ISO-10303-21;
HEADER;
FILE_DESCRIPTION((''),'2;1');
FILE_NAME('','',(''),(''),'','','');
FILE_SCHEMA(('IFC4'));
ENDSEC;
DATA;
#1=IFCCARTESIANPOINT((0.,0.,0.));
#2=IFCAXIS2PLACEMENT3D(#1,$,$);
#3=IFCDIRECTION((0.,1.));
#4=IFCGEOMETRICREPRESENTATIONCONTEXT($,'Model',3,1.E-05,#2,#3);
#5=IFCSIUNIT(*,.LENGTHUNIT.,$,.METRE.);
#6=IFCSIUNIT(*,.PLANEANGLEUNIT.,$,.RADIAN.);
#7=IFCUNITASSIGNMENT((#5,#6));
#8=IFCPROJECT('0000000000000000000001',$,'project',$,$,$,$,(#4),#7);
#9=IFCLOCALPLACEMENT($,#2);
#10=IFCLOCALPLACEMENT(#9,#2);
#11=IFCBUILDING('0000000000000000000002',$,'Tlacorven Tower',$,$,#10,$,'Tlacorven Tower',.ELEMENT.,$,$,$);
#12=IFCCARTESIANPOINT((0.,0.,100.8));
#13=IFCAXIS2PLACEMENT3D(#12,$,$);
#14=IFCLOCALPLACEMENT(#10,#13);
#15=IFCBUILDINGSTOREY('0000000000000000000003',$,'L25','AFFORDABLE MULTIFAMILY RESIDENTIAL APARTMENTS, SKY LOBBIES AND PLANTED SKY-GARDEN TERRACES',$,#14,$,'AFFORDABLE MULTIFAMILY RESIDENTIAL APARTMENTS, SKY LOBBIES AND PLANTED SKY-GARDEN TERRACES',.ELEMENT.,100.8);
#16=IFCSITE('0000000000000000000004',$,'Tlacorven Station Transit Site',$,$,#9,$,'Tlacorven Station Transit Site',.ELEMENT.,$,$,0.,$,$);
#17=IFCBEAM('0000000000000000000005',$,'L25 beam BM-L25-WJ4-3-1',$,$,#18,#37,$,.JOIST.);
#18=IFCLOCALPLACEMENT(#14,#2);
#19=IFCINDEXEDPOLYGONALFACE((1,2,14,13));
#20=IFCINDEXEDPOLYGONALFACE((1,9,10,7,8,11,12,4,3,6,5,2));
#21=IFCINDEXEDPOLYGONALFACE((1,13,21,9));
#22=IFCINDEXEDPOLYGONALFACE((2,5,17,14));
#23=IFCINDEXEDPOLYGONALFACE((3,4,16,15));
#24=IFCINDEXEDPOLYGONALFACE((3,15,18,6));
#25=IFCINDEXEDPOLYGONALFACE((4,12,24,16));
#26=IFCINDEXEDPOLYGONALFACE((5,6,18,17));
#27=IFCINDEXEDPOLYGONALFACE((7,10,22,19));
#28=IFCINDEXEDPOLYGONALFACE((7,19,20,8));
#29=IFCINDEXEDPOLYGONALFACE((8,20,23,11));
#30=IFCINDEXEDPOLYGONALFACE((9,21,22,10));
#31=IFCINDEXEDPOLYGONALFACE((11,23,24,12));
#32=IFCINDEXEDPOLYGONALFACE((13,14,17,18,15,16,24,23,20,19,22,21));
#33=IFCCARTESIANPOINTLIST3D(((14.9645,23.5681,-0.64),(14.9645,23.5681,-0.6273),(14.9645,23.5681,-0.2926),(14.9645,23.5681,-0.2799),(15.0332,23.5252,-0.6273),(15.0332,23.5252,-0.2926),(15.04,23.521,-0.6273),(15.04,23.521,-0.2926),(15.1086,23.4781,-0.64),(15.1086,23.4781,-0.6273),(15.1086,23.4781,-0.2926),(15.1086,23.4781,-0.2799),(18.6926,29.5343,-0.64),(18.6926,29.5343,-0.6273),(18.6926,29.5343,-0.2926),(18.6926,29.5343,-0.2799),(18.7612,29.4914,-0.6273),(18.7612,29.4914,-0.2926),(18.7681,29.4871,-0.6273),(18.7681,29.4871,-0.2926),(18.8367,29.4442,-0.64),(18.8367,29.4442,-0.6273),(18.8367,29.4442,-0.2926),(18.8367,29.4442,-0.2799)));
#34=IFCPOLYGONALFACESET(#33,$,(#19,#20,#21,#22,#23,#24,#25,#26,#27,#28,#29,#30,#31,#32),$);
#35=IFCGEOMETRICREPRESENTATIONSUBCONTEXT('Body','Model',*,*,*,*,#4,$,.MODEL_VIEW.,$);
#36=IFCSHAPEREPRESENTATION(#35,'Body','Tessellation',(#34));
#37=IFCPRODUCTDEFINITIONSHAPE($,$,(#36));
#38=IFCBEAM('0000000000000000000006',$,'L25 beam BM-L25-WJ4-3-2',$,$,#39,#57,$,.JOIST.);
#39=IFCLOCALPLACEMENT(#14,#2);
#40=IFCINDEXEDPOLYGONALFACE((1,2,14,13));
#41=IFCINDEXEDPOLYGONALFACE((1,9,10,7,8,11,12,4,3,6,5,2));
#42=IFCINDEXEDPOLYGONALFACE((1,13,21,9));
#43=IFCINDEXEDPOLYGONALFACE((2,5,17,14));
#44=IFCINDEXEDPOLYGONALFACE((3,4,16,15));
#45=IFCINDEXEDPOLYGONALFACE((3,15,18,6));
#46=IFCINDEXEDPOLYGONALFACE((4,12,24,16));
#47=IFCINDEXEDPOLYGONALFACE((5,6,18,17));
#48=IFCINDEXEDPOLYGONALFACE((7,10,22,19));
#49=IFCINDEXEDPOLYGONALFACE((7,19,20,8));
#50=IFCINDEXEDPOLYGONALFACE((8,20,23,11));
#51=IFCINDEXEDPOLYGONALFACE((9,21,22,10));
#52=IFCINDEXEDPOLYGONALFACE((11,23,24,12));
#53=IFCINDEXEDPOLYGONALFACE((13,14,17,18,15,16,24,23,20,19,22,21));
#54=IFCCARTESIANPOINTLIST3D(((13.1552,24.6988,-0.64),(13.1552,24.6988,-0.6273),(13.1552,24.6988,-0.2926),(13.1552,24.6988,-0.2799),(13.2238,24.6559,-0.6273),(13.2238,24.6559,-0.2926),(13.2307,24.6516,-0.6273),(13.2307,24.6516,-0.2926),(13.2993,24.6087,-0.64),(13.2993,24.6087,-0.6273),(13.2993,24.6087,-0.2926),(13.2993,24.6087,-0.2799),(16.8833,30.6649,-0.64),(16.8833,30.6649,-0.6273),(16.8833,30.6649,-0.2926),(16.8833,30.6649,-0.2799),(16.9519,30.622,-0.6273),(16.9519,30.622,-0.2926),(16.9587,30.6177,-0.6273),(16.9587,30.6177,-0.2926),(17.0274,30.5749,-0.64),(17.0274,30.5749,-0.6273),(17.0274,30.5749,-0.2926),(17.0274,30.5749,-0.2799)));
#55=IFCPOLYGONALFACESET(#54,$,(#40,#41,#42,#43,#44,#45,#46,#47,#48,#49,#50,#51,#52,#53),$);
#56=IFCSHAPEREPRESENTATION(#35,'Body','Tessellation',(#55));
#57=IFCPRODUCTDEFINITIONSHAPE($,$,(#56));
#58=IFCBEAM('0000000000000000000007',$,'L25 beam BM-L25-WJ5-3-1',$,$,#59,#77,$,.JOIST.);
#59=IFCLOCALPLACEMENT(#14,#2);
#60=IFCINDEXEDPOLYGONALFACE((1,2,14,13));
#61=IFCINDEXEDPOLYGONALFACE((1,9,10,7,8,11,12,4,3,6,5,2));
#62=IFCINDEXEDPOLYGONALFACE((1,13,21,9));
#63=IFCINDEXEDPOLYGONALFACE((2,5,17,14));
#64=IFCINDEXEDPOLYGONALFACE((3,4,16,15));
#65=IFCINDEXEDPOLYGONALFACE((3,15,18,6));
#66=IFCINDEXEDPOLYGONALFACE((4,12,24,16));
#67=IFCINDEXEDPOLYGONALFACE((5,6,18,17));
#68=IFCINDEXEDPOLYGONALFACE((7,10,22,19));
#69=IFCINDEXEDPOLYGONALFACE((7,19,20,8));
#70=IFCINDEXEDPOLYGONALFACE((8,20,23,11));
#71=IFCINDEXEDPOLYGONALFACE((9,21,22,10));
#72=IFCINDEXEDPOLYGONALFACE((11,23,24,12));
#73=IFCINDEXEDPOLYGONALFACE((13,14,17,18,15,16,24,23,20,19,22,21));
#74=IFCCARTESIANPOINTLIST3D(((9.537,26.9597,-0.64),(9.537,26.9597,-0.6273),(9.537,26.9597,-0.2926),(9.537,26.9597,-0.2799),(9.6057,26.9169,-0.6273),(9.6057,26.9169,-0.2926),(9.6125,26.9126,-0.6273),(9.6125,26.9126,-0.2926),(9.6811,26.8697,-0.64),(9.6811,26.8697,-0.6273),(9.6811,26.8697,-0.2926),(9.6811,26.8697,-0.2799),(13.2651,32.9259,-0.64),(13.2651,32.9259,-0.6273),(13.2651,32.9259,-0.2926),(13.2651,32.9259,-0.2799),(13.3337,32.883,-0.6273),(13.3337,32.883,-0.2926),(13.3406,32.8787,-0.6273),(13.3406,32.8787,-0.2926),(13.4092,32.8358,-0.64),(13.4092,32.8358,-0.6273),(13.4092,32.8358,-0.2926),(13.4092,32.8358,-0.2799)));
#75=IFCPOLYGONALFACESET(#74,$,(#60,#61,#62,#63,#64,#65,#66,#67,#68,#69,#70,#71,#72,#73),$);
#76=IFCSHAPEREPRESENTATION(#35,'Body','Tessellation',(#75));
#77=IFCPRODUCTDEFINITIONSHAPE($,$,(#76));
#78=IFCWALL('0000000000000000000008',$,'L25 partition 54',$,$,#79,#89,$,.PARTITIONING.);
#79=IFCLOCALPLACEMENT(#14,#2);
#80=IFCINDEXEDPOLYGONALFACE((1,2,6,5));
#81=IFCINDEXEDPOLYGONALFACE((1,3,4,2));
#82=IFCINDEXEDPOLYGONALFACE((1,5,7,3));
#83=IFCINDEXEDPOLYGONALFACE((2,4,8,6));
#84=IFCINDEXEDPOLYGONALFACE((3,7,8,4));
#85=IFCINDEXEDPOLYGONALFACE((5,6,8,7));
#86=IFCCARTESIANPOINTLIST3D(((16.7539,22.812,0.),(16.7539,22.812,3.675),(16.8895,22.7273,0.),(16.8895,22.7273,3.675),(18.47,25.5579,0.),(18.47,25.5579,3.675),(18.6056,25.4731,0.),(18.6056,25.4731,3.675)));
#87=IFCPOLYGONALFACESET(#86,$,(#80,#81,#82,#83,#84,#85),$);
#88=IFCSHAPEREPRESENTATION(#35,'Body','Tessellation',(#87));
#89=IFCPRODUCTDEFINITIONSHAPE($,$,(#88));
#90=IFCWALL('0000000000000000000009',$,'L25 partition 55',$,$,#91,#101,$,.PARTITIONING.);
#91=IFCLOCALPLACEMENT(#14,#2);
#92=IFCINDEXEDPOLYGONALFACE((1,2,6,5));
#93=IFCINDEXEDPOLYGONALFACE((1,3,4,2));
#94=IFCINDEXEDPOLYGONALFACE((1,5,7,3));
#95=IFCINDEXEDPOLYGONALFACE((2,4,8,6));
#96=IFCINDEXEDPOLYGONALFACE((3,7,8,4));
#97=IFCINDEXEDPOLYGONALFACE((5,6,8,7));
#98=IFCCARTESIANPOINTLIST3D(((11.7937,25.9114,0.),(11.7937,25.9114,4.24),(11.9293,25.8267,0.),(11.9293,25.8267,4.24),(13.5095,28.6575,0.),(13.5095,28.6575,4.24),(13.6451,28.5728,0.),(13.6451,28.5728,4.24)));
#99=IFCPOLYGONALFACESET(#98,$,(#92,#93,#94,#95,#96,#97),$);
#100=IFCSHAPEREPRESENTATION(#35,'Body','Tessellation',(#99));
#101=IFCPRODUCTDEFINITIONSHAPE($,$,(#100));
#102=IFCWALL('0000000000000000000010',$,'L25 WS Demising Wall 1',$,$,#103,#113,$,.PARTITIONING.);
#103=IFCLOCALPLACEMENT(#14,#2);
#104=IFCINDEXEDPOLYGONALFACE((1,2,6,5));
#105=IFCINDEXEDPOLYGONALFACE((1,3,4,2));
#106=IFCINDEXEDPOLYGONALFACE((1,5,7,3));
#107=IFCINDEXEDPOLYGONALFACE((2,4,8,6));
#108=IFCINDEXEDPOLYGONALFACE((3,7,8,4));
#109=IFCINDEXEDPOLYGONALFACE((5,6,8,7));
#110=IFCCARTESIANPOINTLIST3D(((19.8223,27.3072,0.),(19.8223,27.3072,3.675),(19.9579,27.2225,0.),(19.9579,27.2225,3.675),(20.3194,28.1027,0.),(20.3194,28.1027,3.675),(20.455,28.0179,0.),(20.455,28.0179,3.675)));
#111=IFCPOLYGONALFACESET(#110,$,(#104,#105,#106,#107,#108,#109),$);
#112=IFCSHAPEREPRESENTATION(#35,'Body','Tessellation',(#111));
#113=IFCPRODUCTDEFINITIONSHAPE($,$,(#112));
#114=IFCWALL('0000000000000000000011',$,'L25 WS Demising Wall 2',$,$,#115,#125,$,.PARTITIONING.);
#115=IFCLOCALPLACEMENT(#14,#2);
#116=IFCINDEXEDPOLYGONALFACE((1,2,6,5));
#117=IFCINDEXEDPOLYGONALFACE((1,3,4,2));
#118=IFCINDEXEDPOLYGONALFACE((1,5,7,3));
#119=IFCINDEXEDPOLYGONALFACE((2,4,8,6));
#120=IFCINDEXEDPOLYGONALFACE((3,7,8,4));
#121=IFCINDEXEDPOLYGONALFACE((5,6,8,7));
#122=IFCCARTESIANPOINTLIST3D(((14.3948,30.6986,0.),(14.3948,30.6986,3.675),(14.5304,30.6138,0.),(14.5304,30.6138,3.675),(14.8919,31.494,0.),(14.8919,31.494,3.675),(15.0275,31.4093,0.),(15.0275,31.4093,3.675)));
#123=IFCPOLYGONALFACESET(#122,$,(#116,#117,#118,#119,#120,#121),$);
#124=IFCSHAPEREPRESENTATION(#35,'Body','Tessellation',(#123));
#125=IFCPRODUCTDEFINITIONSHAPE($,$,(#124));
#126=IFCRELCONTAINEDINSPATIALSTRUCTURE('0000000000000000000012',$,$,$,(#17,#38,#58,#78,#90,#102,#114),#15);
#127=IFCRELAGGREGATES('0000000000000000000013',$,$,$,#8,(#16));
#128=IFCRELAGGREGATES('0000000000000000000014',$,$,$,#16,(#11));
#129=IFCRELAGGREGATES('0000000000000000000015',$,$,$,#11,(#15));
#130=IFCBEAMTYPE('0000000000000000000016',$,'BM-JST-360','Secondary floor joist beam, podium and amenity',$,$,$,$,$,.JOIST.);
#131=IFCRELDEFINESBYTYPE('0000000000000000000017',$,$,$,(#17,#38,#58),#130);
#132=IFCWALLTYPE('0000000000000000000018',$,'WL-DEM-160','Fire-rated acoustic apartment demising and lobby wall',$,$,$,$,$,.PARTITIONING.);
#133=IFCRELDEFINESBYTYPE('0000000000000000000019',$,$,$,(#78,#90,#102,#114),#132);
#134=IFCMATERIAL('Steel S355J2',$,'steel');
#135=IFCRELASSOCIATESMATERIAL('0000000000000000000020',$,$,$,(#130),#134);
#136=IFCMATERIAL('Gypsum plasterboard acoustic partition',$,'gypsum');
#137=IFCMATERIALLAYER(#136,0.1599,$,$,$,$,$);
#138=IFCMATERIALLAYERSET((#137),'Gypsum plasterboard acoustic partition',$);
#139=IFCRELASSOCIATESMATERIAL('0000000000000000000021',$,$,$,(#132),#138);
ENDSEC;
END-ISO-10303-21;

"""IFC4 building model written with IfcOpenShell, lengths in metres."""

from ifc_helpers import new_model, si_unit, direction, frame, frame_2d, origin, origin_2d, place, context, subcontext, project, spatial, rectangle, i_section, extrude, source, transform, mapped, material, layer, layer_set, material_profile, profile_set, type_object, element, save


model = new_model("IFC4")

# Units and contexts
model_context = context("Model", 3, precision=1e-05, world=origin(), true_north=direction((0.0, 1.0)))
body_context = subcontext(model_context, "Body", "Model", "MODEL_VIEW")
ifc_project = project(units=[si_unit("LENGTHUNIT", "METRE"), si_unit("PLANEANGLEUNIT", "RADIAN")], contexts=[model_context])

# Site, building, storey
site_placement = place(None, origin())
site = spatial("IfcSite", under=ifc_project, at=site_placement, Name="Tlacorven Station Transit Site", LongName="Tlacorven Station Transit Site", CompositionType="ELEMENT", RefElevation=0.0)
building_placement = place(site_placement, origin())
building = spatial("IfcBuilding", under=site, at=building_placement, Name="Tlacorven Tower", LongName="Tlacorven Tower", CompositionType="ELEMENT")
storey_placement = place(building_placement, frame((0.0, 0.0, 100.8)))
storey = spatial("IfcBuildingStorey", under=building, at=storey_placement, Name="L25", Description="AFFORDABLE MULTIFAMILY RESIDENTIAL APARTMENTS, SKY LOBBIES AND PLANTED SKY-GARDEN TERRACES", LongName="AFFORDABLE MULTIFAMILY RESIDENTIAL APARTMENTS, SKY LOBBIES AND PLANTED SKY-GARDEN TERRACES", CompositionType="ELEMENT", Elevation=100.8)

# Beams
ifc_material_1 = material(Name="Steel S355J2", Category="steel")
ifc_material_profile_1 = material_profile(ifc_material_1, i_section(OverallWidth=0.1699, OverallDepth=0.3601, WebThickness=0.0081, FlangeThickness=0.0127, at=origin_2d()), Name="IPE 360")
ifc_profile_set_1 = profile_set([ifc_material_profile_1], Name="Steel S355J2")
beam_type_1 = type_object("IfcBeamType", Name="BM-JST-360", Description="Secondary floor joist beam, podium and amenity", PredefinedType="JOIST", material=ifc_profile_set_1)
shared_shape_1 = source(origin(), body_context, "Body", "SweptSolid", [
    extrude(i_section(OverallWidth=0.1699, OverallDepth=0.3601, WebThickness=0.0081, FlangeThickness=0.0127, at=origin_2d()), origin(), (0.0, 0.0, 1.0), 7.0352),
])
for number, where, z_axis, x_axis, name in (
    (1, (18.7646, 29.4893, -0.46), (-0.529921, -0.848047, 0.0), (0.848047, -0.529921, 0.0), "L25 beam BM-L25-WJ4-3-1"),
    (2, (16.9553, 30.6199, -0.46), (-0.529921, -0.848047, 0.0), (0.848047, -0.529921, 0.0), "L25 beam BM-L25-WJ4-3-2"),
    (3, (13.3372, 32.8809, -0.46), (-0.529921, -0.848047, 0.0), (0.848047, -0.529921, 0.0), "L25 beam BM-L25-WJ5-3-1"),
):
    element("IfcBeam", number, at=place(storey_placement, frame(where, z_axis=z_axis, x_axis=x_axis)), inside=storey, type_object=beam_type_1, Name=name, PredefinedType="JOIST", context=body_context, shape_type="MappedRepresentation", body=[
        mapped(shared_shape_1, transform((0.0, 0.0, 0.0), scale=1.0)),
    ])

# Walls
ifc_material_2 = material(Name="Gypsum plasterboard acoustic partition", Category="gypsum")
ifc_layer_1 = layer(ifc_material_2, 0.1599)
ifc_layer_set_1 = layer_set([ifc_layer_1], Name="Gypsum plasterboard acoustic partition")
wall_type_1 = type_object("IfcWallType", Name="WL-DEM-160", Description="Fire-rated acoustic apartment demising and lobby wall", PredefinedType="PARTITIONING", material=ifc_layer_set_1)
wall_1_placement = place(storey_placement, frame((18.5378, 25.5156, 0.0), z_axis=(0.0, 0.0, 1.0), x_axis=(-0.529979, -0.848011, 0.0)))
element("IfcWall", 4, at=wall_1_placement, inside=storey, type_object=wall_type_1, Name="L25 partition 54", PredefinedType="PARTITIONING", context=body_context, shape_type="SweptSolid", body=[
    extrude(rectangle(XDim=3.238, YDim=0.1599, at=frame_2d((1.6191, 0.0))), origin(), (0.0, 0.0, 1.0), 3.675),
])
wall_2_placement = place(storey_placement, frame((13.5774, 28.6152, 0.0), z_axis=(0.0, 0.0, 1.0), x_axis=(-0.52989, -0.848066, 0.0)))
element("IfcWall", 5, at=wall_2_placement, inside=storey, type_object=wall_type_1, Name="L25 partition 55", PredefinedType="PARTITIONING", context=body_context, shape_type="SweptSolid", body=[
    extrude(rectangle(XDim=3.238, YDim=0.1599, at=frame_2d((1.6191, 0.0))), origin(), (0.0, 0.0, 1.0), 4.24),
])
for number, where, z_axis, x_axis, name in (
    (6, (20.3872, 28.0603, 0.0), (0.0, 0.0, 1.0), (-0.529952, -0.848028, 0.0), "L25 WS Demising Wall 1"),
    (7, (14.9597, 31.4517, 0.0), (0.0, 0.0, 1.0), (-0.529952, -0.848028, 0.0), "L25 WS Demising Wall 2"),
):
    element("IfcWall", number, at=place(storey_placement, frame(where, z_axis=z_axis, x_axis=x_axis)), inside=storey, type_object=wall_type_1, Name=name, PredefinedType="PARTITIONING", context=body_context, shape_type="SweptSolid", body=[
        extrude(rectangle(XDim=0.938, YDim=0.1599, at=frame_2d((0.469, 0.0))), origin(), (0.0, 0.0, 1.0), 3.675),
    ])

save(model, "model.ifc")
